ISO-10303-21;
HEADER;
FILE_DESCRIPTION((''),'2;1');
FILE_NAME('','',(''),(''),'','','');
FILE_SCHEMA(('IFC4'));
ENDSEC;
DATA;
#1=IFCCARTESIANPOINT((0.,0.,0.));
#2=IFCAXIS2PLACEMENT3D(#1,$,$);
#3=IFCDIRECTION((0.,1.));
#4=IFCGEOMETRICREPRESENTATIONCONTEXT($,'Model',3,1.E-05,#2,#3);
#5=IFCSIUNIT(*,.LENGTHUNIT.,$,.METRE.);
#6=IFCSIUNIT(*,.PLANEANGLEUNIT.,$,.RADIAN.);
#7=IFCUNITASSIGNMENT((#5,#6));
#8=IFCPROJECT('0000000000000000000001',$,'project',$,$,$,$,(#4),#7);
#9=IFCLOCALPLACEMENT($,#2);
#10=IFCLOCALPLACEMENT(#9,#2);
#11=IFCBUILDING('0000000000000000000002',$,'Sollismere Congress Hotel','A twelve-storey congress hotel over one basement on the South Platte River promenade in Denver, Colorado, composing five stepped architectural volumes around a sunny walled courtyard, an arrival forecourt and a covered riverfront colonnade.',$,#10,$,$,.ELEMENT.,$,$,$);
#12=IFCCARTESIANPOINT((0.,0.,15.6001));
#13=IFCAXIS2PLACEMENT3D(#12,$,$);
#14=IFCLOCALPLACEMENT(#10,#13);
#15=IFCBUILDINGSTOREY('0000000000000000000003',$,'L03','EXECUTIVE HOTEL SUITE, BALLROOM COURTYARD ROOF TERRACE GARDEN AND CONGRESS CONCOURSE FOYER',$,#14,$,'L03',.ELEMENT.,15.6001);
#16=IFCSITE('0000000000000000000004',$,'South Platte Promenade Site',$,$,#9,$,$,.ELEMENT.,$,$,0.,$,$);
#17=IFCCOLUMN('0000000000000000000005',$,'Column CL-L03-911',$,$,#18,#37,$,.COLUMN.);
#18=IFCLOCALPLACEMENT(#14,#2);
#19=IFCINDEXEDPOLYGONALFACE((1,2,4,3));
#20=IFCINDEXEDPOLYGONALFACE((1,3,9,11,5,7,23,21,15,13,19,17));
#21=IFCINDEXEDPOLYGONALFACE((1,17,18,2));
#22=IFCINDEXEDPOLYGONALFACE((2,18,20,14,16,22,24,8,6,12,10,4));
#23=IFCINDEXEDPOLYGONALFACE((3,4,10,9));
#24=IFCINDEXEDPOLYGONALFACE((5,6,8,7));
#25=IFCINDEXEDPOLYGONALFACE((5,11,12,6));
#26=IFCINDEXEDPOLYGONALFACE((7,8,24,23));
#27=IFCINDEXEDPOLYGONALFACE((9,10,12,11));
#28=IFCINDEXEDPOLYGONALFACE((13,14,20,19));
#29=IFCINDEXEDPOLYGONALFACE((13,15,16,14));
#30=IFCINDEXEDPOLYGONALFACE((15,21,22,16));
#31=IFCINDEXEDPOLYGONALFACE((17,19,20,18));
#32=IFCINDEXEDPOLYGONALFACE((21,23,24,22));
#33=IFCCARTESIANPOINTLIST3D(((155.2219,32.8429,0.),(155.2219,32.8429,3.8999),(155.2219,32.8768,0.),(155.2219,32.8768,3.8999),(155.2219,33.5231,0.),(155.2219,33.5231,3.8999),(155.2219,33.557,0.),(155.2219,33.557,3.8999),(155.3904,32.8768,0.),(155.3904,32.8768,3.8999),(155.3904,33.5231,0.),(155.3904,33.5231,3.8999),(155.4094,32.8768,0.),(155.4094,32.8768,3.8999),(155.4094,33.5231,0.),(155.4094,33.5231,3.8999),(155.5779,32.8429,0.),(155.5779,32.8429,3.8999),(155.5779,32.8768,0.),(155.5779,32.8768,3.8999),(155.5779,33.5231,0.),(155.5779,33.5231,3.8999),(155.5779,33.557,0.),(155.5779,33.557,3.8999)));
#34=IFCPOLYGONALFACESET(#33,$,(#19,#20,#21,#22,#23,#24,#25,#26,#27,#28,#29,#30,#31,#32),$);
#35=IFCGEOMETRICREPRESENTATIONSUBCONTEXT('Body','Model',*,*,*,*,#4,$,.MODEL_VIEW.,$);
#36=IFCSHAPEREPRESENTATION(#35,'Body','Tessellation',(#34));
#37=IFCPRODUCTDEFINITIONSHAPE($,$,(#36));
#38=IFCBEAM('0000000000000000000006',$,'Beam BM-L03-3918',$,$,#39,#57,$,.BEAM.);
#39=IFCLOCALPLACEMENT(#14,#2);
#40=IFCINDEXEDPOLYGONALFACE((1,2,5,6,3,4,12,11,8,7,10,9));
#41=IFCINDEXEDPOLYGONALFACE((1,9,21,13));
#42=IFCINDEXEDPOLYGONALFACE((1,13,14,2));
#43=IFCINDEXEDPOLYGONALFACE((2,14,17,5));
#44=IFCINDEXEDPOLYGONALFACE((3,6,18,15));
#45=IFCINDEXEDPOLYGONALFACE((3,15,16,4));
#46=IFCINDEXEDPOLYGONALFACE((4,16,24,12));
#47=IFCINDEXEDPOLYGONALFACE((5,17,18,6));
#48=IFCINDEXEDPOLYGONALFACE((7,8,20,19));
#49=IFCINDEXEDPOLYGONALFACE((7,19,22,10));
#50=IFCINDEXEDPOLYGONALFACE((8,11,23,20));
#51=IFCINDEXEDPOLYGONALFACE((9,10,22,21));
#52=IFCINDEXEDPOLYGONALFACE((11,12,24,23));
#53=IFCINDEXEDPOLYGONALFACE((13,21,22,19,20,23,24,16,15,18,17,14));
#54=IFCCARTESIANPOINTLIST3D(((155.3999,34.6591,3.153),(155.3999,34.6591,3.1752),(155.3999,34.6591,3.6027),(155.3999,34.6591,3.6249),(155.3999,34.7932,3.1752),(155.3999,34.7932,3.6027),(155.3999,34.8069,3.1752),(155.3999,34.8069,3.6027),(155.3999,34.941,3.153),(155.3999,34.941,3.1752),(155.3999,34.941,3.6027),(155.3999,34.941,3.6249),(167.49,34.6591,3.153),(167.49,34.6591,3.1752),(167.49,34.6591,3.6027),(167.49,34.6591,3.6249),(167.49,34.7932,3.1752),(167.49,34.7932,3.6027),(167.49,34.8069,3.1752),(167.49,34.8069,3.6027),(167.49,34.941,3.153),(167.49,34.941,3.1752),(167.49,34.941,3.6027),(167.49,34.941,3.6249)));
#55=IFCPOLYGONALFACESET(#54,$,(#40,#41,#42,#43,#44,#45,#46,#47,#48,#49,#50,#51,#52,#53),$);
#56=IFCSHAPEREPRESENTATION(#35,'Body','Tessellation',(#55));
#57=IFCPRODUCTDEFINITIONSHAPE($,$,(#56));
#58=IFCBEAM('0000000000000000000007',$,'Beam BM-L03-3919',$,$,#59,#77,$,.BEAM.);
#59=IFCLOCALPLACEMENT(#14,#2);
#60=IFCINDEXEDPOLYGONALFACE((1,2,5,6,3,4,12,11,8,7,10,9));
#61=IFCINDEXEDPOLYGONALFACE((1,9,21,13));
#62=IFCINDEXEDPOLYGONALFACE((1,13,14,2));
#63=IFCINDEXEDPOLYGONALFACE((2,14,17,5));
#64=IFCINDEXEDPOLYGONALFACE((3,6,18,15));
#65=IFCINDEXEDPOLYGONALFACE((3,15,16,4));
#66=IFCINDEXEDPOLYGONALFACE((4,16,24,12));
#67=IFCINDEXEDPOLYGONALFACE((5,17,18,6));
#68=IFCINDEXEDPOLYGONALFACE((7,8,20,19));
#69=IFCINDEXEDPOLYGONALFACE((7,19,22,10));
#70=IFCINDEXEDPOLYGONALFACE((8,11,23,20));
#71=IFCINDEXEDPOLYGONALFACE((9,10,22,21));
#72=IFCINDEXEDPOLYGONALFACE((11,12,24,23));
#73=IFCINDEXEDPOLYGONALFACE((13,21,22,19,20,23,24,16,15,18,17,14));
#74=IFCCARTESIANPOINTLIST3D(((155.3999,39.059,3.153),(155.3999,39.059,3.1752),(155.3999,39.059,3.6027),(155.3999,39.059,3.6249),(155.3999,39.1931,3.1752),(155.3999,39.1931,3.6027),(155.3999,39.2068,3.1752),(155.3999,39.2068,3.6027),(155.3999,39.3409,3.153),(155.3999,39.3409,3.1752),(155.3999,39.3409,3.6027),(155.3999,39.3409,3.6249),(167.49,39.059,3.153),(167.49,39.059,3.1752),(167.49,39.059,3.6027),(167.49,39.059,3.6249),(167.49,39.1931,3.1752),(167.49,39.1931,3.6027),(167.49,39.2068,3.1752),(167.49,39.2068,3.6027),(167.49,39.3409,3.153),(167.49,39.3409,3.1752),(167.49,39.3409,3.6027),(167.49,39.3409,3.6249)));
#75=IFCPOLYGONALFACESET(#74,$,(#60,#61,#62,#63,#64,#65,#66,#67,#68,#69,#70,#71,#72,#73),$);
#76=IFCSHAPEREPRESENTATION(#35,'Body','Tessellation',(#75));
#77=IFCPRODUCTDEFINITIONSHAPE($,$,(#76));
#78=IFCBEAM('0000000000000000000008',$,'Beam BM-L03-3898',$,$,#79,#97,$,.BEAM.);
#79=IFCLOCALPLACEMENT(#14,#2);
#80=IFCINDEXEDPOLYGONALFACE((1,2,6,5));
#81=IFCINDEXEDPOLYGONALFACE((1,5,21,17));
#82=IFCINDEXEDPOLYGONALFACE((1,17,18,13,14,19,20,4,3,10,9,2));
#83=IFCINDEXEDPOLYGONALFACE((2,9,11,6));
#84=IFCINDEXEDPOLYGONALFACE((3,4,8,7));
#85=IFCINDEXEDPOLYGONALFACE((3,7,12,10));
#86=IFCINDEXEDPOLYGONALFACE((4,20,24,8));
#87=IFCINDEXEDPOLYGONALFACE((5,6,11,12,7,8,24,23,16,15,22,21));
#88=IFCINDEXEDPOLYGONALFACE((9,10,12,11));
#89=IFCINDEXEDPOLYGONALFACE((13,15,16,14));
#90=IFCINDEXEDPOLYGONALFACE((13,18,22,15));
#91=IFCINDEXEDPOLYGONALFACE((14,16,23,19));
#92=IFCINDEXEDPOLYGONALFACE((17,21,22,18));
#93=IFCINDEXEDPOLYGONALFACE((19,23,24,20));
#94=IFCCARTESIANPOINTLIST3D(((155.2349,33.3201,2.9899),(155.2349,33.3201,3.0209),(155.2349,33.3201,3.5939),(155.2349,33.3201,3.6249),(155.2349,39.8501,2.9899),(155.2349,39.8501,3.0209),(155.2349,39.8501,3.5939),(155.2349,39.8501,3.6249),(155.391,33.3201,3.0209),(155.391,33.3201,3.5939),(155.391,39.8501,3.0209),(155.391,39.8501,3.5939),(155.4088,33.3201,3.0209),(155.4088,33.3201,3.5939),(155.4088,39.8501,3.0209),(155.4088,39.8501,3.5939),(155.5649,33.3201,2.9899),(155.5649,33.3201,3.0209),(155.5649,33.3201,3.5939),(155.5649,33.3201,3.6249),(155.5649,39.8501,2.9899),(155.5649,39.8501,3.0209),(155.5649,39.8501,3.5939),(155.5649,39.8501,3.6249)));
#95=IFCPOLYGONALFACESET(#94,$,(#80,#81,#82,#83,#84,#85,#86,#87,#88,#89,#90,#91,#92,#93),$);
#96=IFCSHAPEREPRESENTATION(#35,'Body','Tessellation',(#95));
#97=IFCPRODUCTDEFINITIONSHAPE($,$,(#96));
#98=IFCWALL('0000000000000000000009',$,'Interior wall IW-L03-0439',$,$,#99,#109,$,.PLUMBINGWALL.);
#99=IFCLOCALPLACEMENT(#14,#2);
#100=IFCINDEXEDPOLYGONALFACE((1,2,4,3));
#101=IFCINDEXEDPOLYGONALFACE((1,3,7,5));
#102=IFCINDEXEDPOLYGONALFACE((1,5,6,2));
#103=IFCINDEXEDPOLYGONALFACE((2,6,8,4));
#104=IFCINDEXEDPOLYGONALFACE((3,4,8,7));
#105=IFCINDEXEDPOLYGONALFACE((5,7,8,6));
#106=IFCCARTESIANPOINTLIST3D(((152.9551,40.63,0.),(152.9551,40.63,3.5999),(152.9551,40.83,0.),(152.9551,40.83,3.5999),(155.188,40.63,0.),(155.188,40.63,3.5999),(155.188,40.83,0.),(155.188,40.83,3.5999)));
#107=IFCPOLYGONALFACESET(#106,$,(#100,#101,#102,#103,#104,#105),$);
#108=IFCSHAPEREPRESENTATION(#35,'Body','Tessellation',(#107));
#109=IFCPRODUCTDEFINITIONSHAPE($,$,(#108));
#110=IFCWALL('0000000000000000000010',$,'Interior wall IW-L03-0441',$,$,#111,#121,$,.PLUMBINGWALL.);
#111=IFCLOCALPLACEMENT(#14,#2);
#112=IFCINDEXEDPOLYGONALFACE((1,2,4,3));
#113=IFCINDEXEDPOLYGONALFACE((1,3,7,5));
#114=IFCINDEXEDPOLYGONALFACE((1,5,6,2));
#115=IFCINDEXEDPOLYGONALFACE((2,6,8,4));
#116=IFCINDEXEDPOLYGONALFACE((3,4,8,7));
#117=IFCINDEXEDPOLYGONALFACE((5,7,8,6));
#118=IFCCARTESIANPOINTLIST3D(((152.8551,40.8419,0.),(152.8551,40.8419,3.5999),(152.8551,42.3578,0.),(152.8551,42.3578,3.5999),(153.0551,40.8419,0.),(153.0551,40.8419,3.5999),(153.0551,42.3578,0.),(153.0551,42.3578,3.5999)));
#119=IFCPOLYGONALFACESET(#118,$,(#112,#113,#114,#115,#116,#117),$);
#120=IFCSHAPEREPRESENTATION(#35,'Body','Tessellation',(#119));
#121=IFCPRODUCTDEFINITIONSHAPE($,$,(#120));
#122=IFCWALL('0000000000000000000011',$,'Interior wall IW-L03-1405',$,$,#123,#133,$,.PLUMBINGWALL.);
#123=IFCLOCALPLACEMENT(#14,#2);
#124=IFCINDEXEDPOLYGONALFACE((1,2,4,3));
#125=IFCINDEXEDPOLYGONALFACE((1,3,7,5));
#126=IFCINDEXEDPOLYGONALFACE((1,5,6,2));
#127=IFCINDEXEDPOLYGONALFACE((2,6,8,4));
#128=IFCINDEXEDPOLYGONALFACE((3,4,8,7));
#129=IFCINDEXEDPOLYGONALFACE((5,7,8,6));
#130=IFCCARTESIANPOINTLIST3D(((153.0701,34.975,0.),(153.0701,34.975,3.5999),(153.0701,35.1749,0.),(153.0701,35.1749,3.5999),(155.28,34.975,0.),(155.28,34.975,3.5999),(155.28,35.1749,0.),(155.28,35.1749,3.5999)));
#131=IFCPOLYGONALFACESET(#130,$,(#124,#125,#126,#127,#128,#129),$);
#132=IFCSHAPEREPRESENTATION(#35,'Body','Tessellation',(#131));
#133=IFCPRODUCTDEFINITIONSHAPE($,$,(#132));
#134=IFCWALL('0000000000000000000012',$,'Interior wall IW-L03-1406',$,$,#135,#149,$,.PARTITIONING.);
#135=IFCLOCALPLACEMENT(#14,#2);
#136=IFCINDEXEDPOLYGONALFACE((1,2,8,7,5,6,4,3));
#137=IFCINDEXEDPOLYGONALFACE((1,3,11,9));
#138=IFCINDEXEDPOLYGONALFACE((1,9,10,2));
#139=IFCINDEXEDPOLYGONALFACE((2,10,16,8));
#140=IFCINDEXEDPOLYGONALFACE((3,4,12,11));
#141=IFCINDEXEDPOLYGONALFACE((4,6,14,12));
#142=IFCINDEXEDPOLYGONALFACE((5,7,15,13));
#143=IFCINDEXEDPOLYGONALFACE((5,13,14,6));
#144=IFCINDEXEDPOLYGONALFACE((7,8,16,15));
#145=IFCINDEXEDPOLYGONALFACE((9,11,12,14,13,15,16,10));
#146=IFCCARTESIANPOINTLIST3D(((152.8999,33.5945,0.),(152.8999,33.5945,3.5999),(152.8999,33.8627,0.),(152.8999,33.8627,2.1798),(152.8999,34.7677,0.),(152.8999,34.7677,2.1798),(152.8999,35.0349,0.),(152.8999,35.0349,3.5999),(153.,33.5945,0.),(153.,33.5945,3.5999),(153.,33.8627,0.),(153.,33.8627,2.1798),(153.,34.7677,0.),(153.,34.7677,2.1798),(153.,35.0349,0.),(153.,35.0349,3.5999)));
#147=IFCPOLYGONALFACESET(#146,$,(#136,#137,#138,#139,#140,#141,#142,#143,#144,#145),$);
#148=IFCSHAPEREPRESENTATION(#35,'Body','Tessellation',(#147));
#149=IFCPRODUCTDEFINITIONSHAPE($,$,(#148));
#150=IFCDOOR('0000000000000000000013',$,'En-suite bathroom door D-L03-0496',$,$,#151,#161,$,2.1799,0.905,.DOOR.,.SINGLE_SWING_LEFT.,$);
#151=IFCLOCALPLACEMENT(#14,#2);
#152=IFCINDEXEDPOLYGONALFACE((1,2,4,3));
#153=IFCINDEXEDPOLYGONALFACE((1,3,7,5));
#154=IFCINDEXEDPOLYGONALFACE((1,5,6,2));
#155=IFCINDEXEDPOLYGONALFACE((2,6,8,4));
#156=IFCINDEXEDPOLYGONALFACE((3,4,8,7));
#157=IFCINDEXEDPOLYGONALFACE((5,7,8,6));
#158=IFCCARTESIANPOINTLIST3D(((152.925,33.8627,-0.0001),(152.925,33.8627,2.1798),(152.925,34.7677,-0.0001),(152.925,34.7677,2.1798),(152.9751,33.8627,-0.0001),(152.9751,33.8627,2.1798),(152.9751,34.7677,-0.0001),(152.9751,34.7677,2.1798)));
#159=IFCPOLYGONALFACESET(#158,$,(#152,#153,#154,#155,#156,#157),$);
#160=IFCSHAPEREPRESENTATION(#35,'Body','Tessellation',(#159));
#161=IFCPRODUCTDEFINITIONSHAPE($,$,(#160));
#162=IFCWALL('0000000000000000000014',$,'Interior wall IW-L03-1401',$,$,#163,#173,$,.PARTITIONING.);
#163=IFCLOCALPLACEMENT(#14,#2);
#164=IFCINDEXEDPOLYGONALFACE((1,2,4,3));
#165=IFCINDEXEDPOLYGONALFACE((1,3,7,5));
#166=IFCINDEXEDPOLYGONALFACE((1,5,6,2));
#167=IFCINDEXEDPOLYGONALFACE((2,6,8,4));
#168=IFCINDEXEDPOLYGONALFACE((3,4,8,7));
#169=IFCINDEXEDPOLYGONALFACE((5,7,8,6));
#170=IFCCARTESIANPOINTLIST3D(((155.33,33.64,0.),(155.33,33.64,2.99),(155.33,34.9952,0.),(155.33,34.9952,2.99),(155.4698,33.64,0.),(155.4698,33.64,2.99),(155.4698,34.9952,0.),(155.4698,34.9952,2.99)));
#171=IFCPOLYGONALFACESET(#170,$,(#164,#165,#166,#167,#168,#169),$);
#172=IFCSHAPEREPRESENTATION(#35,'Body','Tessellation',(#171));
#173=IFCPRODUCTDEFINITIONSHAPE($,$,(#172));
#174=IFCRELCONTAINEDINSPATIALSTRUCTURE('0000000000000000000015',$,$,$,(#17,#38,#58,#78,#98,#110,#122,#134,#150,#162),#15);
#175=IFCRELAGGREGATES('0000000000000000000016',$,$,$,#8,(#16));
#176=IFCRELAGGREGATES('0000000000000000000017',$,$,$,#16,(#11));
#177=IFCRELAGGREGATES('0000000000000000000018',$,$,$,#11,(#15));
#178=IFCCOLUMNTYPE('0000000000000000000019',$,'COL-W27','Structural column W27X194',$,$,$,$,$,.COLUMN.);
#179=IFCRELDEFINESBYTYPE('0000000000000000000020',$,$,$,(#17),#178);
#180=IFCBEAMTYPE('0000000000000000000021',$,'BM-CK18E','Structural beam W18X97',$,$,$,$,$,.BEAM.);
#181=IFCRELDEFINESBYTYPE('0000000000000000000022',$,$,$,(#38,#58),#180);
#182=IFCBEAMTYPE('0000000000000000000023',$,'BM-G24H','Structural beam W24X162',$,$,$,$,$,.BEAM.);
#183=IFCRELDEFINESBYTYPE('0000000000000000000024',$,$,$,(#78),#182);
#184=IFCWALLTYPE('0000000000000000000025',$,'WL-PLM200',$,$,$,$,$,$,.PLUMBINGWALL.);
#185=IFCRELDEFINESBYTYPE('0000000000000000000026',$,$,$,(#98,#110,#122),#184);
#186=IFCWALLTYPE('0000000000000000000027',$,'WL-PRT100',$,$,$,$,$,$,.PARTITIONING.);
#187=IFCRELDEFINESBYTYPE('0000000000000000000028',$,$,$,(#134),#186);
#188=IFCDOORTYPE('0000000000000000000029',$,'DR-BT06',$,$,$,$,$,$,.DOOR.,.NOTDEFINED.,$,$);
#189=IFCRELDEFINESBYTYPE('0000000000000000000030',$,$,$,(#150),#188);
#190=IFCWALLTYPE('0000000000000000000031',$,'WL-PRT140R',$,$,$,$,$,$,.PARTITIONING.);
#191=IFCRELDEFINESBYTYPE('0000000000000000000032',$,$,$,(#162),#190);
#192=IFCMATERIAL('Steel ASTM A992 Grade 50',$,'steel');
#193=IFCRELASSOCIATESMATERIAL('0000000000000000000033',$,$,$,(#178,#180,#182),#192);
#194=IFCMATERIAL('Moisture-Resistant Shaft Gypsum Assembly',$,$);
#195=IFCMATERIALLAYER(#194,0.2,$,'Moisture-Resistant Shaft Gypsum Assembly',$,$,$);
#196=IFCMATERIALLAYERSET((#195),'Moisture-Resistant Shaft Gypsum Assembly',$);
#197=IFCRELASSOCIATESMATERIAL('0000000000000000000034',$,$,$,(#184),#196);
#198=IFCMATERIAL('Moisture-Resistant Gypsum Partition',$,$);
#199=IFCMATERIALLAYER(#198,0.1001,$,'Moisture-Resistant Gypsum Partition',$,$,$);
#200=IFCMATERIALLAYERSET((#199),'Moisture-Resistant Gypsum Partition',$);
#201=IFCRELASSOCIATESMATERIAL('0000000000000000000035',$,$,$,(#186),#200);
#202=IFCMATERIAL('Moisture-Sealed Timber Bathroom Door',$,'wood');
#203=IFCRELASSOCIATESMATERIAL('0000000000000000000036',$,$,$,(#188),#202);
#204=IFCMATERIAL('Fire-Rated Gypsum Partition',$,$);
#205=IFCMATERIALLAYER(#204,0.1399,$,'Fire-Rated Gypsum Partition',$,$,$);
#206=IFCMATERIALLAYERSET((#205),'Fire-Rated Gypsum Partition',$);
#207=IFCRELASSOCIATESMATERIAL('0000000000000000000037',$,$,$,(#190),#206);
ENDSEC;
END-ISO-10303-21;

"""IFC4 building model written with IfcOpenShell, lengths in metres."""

from ifc_helpers import new_model, si_unit, direction, frame, frame_2d, origin, origin_2d, place, context, subcontext, project, spatial, rectangle, i_section, extrude, material, layer, layer_set, material_profile, profile_set, type_object, element, fill, save


model = new_model("IFC4")

# Units and contexts
model_context = context("Model", 3, precision=1e-05, world=origin(), true_north=direction((0.0, 1.0)))
body_context = subcontext(model_context, "Body", "Model", "MODEL_VIEW")
ifc_project = project(units=[si_unit("LENGTHUNIT", "METRE"), si_unit("PLANEANGLEUNIT", "RADIAN")], contexts=[model_context])

# Site, building, storey
site_placement = place(None, origin())
site = spatial("IfcSite", under=ifc_project, at=site_placement, Name="South Platte Promenade Site", CompositionType="ELEMENT", RefElevation=0.0)
building_placement = place(site_placement, origin())
building = spatial("IfcBuilding", under=site, at=building_placement, Name="Sollismere Congress Hotel", Description="A twelve-storey congress hotel over one basement on the South Platte River promenade in Denver, Colorado, composing five stepped architectural volumes around a sunny walled courtyard, an arrival forecourt and a covered riverfront colonnade.", CompositionType="ELEMENT")
storey_placement = place(building_placement, frame((0.0, 0.0, 15.6001)))
storey = spatial("IfcBuildingStorey", under=building, at=storey_placement, Name="L03", Description="EXECUTIVE HOTEL SUITE, BALLROOM COURTYARD ROOF TERRACE GARDEN AND CONGRESS CONCOURSE FOYER", LongName="L03", CompositionType="ELEMENT", Elevation=15.6001)

# Column
ifc_material_1 = material(Name="Steel ASTM A992 Grade 50", Category="steel")
ifc_material_profile_1 = material_profile(ifc_material_1, i_section(OverallWidth=0.356, OverallDepth=0.7141, WebThickness=0.019, FlangeThickness=0.0339, at=origin_2d()), Name="W27X194")
ifc_profile_set_1 = profile_set([ifc_material_profile_1], Name="Steel ASTM A992 Grade 50")
column_type = type_object("IfcColumnType", Name="COL-W27", Description="Structural column W27X194", PredefinedType="COLUMN", material=ifc_profile_set_1)
column_placement = place(storey_placement, frame((155.3999, 33.2, 0.0), z_axis=(0.0, 0.0, 1.0), x_axis=(1.0, 0.0, 0.0)))
element("IfcColumn", 1, at=column_placement, inside=storey, type_object=column_type, Name="Column CL-L03-911", PredefinedType="COLUMN", context=body_context, shape_type="SweptSolid", body=[
    extrude(i_section(OverallWidth=0.356, OverallDepth=0.7141, WebThickness=0.019, FlangeThickness=0.0339, at=origin_2d()), origin(), (0.0, 0.0, 1.0), 3.8999),
])

# Beams
ifc_material_profile_2 = material_profile(ifc_material_1, i_section(OverallWidth=0.282, OverallDepth=0.4719, WebThickness=0.0137, FlangeThickness=0.0222, at=origin_2d()), Name="W18X97")
ifc_profile_set_2 = profile_set([ifc_material_profile_2], Name="Steel ASTM A992 Grade 50")
beam_type_1 = type_object("IfcBeamType", Name="BM-CK18E", Description="Structural beam W18X97", PredefinedType="BEAM", material=ifc_profile_set_2)
for number, where, z_axis, x_axis, name in (
    (2, (155.3999, 34.8, 3.3889), (1.0, 0.0, 0.0), (0.0, 1.0, 0.0), "Beam BM-L03-3918"),
    (3, (155.3999, 39.2, 3.3889), (1.0, 0.0, 0.0), (0.0, 1.0, 0.0), "Beam BM-L03-3919"),
):
    element("IfcBeam", number, at=place(storey_placement, frame(where, z_axis=z_axis, x_axis=x_axis)), inside=storey, type_object=beam_type_1, Name=name, PredefinedType="BEAM", context=body_context, shape_type="SweptSolid", body=[
        extrude(i_section(OverallWidth=0.282, OverallDepth=0.4719, WebThickness=0.0137, FlangeThickness=0.0222, at=origin_2d()), origin(), (0.0, 0.0, 1.0), 12.0901),
    ])
ifc_material_profile_3 = material_profile(ifc_material_1, i_section(OverallWidth=0.3301, OverallDepth=0.635, WebThickness=0.0178, FlangeThickness=0.031, at=origin_2d()), Name="W24X162")
ifc_profile_set_3 = profile_set([ifc_material_profile_3], Name="Steel ASTM A992 Grade 50")
beam_type_2 = type_object("IfcBeamType", Name="BM-G24H", Description="Structural beam W24X162", PredefinedType="BEAM", material=ifc_profile_set_3)
beam_placement = place(storey_placement, frame((155.3999, 33.3201, 3.3074), z_axis=(0.0, 1.0, 0.0), x_axis=(-1.0, 0.0, 0.0)))
element("IfcBeam", 4, at=beam_placement, inside=storey, type_object=beam_type_2, Name="Beam BM-L03-3898", PredefinedType="BEAM", context=body_context, shape_type="SweptSolid", body=[
    extrude(i_section(OverallWidth=0.3301, OverallDepth=0.635, WebThickness=0.0178, FlangeThickness=0.031, at=origin_2d()), origin(), (0.0, 0.0, 1.0), 6.53),
])

# Walls
ifc_material_2 = material(Name="Moisture-Resistant Shaft Gypsum Assembly")
ifc_layer_1 = layer(ifc_material_2, 0.2, Name="Moisture-Resistant Shaft Gypsum Assembly")
ifc_layer_set_1 = layer_set([ifc_layer_1], Name="Moisture-Resistant Shaft Gypsum Assembly")
wall_type_1 = type_object("IfcWallType", Name="WL-PLM200", PredefinedType="PLUMBINGWALL", material=ifc_layer_set_1)
wall_1_placement = place(storey_placement, frame((152.9551, 40.73, 0.0), z_axis=(0.0, 0.0, 1.0), x_axis=(1.0, 0.0, 0.0)))
element("IfcWall", 5, at=wall_1_placement, inside=storey, type_object=wall_type_1, Name="Interior wall IW-L03-0439", PredefinedType="PLUMBINGWALL", context=body_context, shape_type="SweptSolid", body=[
    extrude(rectangle(XDim=2.2329, YDim=0.2, at=frame_2d((1.1165, 0.0))), origin(), (0.0, 0.0, 1.0), 3.5999),
])
wall_2_placement = place(storey_placement, frame((152.9551, 40.842, 0.0), z_axis=(0.0, 0.0, 1.0), x_axis=(0.0, 1.0, 0.0)))
element("IfcWall", 6, at=wall_2_placement, inside=storey, type_object=wall_type_1, Name="Interior wall IW-L03-0441", PredefinedType="PLUMBINGWALL", context=body_context, shape_type="SweptSolid", body=[
    extrude(rectangle(XDim=1.5159, YDim=0.2, at=frame_2d((0.7578, 0.0))), origin(), (0.0, 0.0, 1.0), 3.5999),
])
wall_3_placement = place(storey_placement, frame((153.0701, 35.075, 0.0), z_axis=(0.0, 0.0, 1.0), x_axis=(1.0, 0.0, 0.0)))
element("IfcWall", 7, at=wall_3_placement, inside=storey, type_object=wall_type_1, Name="Interior wall IW-L03-1405", PredefinedType="PLUMBINGWALL", context=body_context, shape_type="SweptSolid", body=[
    extrude(rectangle(XDim=2.21, YDim=0.2, at=frame_2d((1.105, 0.0))), origin(), (0.0, 0.0, 1.0), 3.5999),
])

# Wall, opening, door
ifc_material_3 = material(Name="Moisture-Resistant Gypsum Partition")
ifc_layer_2 = layer(ifc_material_3, 0.1001, Name="Moisture-Resistant Gypsum Partition")
ifc_layer_set_2 = layer_set([ifc_layer_2], Name="Moisture-Resistant Gypsum Partition")
wall_type_2 = type_object("IfcWallType", Name="WL-PRT100", PredefinedType="PARTITIONING", material=ifc_layer_set_2)
wall_4_placement = place(storey_placement, frame((152.95, 33.5945, 0.0), z_axis=(0.0, 0.0, 1.0), x_axis=(0.0, 1.0, 0.0)))
wall_4 = element("IfcWall", 8, at=wall_4_placement, inside=storey, type_object=wall_type_2, Name="Interior wall IW-L03-1406", PredefinedType="PARTITIONING", context=body_context, shape_type="SweptSolid", body=[
    extrude(rectangle(XDim=1.4404, YDim=0.1001, at=frame_2d((0.7202, 0.0))), origin(), (0.0, 0.0, 1.0), 3.5999),
])
opening_1_placement = place(wall_4_placement, frame((0.2681, 0.0, 0.0)))
opening_1 = element("IfcOpeningElement", 9, at=opening_1_placement, cuts=wall_4, PredefinedType="OPENING", context=body_context, shape_type="SweptSolid", body=[
    extrude(rectangle(XDim=0.905, YDim=2.1799, at=frame_2d((0.4526, 1.0898))), frame((0.0, 0.0601, 0.0), z_axis=(0.0, -1.0, 0.0), x_axis=(1.0, 0.0, 0.0)), (0.0, 0.0, 1.0), 0.1201),
])
ifc_material_4 = material(Name="Moisture-Sealed Timber Bathroom Door", Category="wood")
door_type_1 = type_object("IfcDoorType", Name="DR-BT06", OperationType="NOTDEFINED", PredefinedType="DOOR", material=ifc_material_4)
door_1_placement = place(opening_1_placement, origin())
door_1 = element("IfcDoor", 10, at=door_1_placement, inside=storey, type_object=door_type_1, Name="En-suite bathroom door D-L03-0496", OperationType="SINGLE_SWING_LEFT", OverallHeight=2.1799, OverallWidth=0.905, PredefinedType="DOOR", context=body_context, shape_type="SweptSolid", body=[
    extrude(rectangle(XDim=0.905, YDim=2.1799, at=frame_2d((0.4526, 1.0898))), frame((0.0, 0.0249, 0.0), z_axis=(0.0, -1.0, 0.0), x_axis=(1.0, 0.0, 0.0)), (0.0, 0.0, 1.0), 0.05),
])
fill(opening_1, door_1)

# Wall
ifc_material_5 = material(Name="Fire-Rated Gypsum Partition")
ifc_layer_3 = layer(ifc_material_5, 0.1399, Name="Fire-Rated Gypsum Partition")
ifc_layer_set_3 = layer_set([ifc_layer_3], Name="Fire-Rated Gypsum Partition")
wall_type_3 = type_object("IfcWallType", Name="WL-PRT140R", PredefinedType="PARTITIONING", material=ifc_layer_set_3)
wall_5_placement = place(storey_placement, frame((155.3999, 33.6399, 0.0), z_axis=(0.0, 0.0, 1.0), x_axis=(0.0, 1.0, 0.0)))
element("IfcWall", 11, at=wall_5_placement, inside=storey, type_object=wall_type_3, Name="Interior wall IW-L03-1401", PredefinedType="PARTITIONING", context=body_context, shape_type="SweptSolid", body=[
    extrude(rectangle(XDim=1.3552, YDim=0.1399, at=frame_2d((0.6777, 0.0))), origin(), (0.0, 0.0, 1.0), 2.99),
])

save(model, "model.ifc")
